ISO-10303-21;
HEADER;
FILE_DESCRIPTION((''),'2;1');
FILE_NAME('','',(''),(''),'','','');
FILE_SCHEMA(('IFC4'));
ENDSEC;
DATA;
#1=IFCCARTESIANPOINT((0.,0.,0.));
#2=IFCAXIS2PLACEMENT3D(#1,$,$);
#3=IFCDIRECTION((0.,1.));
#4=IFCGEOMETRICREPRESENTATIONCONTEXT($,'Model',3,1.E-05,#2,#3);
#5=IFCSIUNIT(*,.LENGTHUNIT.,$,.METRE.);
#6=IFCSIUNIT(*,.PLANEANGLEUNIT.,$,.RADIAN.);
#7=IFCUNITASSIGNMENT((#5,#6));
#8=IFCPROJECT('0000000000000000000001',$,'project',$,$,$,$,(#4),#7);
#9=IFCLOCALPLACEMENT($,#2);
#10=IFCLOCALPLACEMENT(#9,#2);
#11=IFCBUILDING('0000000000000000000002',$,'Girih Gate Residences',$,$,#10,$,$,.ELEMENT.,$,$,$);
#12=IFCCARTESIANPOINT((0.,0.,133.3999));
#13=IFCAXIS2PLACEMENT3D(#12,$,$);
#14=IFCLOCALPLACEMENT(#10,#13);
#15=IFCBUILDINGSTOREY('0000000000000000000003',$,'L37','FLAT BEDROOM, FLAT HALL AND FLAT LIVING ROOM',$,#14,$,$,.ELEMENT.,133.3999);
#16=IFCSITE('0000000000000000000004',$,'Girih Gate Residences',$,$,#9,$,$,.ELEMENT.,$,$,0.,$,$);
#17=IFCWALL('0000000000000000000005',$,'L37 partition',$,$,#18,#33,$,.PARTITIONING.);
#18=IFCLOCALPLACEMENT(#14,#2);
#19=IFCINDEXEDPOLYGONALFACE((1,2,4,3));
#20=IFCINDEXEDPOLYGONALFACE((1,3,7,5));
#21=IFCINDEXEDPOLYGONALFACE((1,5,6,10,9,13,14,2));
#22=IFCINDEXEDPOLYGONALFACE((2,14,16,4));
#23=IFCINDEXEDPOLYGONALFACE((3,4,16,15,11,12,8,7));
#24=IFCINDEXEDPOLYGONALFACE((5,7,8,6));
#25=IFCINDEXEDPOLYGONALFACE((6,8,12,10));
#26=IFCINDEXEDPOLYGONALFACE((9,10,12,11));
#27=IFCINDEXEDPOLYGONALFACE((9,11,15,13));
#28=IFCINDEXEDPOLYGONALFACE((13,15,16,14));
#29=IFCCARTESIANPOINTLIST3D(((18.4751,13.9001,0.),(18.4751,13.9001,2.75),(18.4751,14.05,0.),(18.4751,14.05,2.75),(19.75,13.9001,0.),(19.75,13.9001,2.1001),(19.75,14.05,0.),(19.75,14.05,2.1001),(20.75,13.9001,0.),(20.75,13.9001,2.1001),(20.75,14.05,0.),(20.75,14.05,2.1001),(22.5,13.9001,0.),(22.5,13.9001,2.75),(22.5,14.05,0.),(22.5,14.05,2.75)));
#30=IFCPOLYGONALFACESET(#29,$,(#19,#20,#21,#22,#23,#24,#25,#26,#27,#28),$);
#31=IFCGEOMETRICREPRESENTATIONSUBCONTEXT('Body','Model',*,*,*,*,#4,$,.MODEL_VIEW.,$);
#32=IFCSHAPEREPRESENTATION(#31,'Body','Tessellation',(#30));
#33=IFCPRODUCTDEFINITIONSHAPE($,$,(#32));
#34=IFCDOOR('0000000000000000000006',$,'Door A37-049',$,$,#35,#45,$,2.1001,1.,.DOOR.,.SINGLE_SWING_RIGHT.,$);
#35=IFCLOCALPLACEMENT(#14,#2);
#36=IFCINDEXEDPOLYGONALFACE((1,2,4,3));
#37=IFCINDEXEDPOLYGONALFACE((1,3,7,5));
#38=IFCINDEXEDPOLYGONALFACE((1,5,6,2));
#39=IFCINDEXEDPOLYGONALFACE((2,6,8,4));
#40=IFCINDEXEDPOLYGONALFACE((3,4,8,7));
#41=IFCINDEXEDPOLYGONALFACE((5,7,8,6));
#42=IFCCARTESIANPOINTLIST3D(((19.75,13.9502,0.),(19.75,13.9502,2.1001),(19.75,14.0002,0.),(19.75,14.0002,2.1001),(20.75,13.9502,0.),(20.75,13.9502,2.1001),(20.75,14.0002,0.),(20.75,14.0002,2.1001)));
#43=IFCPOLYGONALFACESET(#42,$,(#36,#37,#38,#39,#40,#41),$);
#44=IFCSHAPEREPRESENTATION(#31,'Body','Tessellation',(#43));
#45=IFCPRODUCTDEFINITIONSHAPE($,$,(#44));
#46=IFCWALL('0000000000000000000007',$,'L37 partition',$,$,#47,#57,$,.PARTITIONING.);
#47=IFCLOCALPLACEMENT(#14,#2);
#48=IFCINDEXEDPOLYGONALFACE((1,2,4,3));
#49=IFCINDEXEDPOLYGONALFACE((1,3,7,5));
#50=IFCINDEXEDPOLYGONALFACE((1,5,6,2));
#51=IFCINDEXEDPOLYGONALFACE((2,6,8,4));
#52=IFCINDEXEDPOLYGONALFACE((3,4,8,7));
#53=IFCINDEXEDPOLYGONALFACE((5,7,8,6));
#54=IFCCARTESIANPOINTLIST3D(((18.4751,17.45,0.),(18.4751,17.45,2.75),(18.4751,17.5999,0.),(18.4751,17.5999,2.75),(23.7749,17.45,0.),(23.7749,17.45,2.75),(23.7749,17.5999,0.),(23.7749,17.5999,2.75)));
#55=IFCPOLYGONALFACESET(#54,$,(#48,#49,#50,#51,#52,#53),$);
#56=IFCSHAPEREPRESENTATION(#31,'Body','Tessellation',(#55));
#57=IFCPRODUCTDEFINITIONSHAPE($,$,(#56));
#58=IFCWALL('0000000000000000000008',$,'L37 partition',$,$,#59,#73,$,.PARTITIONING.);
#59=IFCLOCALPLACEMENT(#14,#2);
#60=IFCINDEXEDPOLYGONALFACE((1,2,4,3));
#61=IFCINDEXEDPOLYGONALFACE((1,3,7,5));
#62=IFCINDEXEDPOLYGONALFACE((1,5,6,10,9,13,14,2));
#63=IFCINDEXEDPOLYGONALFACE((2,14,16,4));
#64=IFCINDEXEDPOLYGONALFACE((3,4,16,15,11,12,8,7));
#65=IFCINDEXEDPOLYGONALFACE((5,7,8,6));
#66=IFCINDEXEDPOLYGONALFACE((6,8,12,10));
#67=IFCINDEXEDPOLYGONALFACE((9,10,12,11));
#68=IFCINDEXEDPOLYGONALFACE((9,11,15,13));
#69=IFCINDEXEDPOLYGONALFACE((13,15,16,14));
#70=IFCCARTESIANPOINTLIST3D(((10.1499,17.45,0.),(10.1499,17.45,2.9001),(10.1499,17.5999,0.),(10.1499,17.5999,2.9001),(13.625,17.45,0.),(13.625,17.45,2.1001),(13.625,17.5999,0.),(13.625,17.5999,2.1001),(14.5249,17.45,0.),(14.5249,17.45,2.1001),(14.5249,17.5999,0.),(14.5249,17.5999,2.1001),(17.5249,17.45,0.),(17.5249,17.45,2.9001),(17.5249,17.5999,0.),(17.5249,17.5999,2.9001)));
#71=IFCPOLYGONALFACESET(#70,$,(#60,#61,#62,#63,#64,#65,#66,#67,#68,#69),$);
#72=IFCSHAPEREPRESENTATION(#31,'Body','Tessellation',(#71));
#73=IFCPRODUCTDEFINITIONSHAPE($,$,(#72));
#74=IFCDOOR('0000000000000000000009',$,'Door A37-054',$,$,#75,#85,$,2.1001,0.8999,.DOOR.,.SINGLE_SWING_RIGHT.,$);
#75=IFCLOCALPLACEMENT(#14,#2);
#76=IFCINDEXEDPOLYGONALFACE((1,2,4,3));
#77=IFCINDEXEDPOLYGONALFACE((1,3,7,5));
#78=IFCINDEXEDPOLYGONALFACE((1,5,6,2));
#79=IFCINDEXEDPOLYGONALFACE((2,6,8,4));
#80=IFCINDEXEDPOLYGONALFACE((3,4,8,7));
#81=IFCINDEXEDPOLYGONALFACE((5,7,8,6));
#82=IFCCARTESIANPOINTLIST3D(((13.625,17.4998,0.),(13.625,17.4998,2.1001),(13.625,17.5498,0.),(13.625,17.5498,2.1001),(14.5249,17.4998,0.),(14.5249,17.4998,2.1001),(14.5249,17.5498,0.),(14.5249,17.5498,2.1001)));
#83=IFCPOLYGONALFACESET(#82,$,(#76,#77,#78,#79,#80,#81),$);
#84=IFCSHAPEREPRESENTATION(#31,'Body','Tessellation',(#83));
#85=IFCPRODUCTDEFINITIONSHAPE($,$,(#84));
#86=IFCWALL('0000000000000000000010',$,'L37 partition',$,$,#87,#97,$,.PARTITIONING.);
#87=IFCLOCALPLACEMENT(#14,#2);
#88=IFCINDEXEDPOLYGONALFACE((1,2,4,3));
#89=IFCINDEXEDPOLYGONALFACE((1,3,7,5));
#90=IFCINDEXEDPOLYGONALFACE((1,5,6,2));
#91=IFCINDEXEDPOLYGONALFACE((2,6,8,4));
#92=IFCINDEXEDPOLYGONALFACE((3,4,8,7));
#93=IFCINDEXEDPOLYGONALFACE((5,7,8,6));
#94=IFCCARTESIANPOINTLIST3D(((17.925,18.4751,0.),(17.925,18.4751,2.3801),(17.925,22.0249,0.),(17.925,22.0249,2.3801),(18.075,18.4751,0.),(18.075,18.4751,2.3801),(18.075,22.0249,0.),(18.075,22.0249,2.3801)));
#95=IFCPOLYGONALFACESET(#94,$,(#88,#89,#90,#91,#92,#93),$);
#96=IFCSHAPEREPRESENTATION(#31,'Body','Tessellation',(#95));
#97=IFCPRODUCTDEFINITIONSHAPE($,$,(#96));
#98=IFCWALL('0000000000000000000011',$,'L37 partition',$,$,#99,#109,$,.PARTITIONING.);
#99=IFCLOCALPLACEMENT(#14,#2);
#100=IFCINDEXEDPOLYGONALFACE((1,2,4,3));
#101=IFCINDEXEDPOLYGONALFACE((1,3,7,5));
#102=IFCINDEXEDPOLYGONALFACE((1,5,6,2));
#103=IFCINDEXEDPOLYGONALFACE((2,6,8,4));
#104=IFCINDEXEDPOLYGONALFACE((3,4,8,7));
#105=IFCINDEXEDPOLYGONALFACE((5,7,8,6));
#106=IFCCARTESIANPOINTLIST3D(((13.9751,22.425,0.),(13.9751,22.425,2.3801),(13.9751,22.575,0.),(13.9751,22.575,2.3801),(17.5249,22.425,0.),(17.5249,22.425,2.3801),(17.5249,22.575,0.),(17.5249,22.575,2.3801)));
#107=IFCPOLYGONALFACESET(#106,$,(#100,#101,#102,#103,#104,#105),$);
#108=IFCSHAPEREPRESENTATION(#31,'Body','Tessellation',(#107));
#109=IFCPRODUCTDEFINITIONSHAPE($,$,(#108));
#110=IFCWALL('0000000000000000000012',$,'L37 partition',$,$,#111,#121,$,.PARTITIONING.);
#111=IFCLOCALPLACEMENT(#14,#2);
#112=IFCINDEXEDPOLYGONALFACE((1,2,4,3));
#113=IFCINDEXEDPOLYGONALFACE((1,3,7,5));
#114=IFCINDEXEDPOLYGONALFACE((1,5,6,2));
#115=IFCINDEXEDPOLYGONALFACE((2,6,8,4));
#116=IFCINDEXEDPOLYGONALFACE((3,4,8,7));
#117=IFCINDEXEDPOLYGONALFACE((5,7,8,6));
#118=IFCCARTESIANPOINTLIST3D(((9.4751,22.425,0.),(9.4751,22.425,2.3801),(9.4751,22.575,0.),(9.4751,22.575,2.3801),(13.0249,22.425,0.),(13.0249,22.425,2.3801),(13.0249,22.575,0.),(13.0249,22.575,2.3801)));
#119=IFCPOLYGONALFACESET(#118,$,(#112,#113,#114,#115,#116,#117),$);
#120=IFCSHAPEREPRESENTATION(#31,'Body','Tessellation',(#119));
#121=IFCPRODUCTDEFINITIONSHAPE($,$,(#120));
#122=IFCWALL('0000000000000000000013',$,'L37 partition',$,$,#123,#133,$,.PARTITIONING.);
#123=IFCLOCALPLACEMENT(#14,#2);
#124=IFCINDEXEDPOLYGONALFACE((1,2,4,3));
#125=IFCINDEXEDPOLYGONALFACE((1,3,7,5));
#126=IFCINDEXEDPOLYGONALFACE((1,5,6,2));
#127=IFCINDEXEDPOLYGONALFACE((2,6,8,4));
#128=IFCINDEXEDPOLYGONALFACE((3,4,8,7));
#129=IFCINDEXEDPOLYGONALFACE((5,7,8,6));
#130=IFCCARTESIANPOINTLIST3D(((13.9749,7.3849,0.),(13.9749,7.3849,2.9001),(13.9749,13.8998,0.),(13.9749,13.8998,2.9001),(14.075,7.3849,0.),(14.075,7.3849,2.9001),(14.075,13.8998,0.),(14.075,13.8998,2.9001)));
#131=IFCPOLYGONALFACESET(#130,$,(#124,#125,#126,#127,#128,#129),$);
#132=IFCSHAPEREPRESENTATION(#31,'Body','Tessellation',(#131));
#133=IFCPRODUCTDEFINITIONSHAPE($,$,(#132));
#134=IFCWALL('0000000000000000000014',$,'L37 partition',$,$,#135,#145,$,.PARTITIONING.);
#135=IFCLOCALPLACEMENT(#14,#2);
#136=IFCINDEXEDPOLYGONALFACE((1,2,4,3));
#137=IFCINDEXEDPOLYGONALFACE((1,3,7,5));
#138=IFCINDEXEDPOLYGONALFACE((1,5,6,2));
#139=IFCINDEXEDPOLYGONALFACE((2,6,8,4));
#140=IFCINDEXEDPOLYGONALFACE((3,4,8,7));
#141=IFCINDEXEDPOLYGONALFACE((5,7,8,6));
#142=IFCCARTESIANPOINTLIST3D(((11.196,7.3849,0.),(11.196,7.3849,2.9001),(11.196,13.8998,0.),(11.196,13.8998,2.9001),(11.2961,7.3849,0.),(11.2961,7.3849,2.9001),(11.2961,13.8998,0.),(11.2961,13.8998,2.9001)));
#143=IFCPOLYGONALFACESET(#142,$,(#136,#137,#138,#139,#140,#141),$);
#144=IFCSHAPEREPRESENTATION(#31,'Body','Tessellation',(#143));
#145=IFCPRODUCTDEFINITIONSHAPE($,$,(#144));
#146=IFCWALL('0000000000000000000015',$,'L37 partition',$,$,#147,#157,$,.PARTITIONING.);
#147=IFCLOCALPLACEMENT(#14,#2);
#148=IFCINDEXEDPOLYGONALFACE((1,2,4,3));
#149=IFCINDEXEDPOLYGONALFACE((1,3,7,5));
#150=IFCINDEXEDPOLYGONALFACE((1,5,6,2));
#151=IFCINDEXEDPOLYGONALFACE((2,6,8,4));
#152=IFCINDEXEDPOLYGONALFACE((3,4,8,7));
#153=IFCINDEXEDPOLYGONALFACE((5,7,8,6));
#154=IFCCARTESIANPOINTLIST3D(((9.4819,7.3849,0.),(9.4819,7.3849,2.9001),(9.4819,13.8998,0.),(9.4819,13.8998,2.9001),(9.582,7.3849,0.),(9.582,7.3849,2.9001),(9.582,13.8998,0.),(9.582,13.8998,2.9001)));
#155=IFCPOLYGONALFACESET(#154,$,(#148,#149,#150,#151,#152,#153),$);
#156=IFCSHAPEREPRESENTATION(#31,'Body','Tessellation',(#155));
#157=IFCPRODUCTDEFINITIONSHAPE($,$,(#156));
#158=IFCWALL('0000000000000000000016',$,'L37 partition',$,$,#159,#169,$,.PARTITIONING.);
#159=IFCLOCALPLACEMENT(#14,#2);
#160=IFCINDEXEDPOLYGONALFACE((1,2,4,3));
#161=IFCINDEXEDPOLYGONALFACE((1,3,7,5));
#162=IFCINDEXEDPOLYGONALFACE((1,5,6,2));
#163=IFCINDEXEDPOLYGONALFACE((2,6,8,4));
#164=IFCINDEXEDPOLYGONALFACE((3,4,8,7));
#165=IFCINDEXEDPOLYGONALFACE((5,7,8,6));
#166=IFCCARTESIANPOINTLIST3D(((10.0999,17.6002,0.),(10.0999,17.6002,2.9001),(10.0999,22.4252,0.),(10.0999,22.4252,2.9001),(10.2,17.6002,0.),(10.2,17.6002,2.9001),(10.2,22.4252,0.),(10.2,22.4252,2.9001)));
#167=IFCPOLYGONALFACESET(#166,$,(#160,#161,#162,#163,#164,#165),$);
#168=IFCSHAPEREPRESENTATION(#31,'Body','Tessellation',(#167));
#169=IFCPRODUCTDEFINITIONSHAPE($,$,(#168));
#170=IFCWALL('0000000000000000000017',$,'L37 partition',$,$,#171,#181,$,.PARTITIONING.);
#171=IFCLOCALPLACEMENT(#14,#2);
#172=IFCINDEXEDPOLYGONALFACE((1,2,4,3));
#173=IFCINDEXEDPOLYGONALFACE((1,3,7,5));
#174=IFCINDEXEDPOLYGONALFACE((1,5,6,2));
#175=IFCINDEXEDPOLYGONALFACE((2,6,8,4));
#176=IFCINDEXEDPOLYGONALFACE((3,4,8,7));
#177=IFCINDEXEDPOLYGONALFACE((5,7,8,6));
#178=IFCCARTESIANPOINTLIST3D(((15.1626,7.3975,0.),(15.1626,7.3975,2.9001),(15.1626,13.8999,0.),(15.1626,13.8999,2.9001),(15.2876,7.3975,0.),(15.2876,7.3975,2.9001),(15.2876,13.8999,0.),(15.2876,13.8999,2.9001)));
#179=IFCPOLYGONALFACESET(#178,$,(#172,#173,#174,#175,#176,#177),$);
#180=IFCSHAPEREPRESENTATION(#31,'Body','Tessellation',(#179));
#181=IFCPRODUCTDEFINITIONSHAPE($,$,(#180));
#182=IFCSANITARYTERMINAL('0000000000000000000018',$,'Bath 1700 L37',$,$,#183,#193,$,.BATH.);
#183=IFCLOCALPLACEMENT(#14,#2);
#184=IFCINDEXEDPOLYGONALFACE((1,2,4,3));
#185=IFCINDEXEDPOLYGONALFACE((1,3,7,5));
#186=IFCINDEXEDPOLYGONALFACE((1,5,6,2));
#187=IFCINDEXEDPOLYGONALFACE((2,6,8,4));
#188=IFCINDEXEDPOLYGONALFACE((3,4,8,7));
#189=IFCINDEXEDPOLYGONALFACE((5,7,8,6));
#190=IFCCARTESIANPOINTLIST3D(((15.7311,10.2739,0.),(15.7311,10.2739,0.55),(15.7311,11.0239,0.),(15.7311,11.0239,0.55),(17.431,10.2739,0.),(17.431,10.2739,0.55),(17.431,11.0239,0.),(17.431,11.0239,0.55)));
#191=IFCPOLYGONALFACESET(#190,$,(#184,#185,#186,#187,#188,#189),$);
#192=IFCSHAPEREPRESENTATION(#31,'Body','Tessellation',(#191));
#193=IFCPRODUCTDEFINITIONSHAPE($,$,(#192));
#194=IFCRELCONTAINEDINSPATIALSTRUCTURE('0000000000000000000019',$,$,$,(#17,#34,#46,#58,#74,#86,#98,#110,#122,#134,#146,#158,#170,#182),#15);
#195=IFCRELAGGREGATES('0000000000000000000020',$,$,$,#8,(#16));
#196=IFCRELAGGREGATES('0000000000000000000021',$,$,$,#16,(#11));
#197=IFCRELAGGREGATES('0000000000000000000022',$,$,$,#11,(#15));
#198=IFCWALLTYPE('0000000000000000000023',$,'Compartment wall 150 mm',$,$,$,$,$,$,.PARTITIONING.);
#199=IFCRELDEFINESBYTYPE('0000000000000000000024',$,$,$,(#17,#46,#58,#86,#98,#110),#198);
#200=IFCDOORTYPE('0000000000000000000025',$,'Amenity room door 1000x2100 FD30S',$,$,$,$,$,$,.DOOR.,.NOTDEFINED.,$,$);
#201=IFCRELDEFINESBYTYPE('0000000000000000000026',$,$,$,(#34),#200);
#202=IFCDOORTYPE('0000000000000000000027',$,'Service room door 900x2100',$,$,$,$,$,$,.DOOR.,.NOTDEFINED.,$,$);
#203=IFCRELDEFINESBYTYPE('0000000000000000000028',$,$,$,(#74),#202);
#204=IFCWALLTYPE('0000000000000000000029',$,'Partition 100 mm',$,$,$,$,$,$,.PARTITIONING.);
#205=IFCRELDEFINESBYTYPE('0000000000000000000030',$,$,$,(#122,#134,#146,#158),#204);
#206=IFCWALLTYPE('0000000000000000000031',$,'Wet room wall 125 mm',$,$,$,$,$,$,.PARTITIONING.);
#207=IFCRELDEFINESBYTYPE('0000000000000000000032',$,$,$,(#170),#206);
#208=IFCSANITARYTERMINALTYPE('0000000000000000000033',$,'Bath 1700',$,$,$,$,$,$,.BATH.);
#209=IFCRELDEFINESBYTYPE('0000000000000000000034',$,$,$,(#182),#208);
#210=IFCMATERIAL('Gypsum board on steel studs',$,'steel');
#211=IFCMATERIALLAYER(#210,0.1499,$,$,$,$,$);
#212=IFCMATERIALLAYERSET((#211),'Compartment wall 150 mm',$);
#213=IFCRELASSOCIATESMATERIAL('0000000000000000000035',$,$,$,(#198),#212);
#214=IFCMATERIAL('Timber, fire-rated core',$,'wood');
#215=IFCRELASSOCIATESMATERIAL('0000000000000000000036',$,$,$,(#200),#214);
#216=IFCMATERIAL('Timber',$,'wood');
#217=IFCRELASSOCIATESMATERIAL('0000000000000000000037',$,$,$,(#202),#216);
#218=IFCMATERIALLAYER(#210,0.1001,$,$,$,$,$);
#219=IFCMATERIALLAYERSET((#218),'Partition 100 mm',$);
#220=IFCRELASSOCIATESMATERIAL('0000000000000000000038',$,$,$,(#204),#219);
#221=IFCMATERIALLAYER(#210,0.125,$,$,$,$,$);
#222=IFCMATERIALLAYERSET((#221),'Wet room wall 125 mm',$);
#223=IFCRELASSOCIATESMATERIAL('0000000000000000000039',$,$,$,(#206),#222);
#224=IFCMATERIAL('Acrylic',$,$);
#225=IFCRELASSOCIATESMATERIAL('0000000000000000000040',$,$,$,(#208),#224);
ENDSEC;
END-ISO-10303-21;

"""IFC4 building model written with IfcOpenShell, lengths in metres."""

from ifc_helpers import new_model, si_unit, direction, frame, frame_2d, origin, origin_2d, place, context, subcontext, project, spatial, rectangle, extrude, material, layer, layer_set, type_object, element, fill, save


model = new_model("IFC4")

# Units and contexts
model_context = context("Model", 3, precision=1e-05, world=origin(), true_north=direction((0.0, 1.0)))
body_context = subcontext(model_context, "Body", "Model", "MODEL_VIEW")
ifc_project = project(units=[si_unit("LENGTHUNIT", "METRE"), si_unit("PLANEANGLEUNIT", "RADIAN")], contexts=[model_context])

# Site, building, storey
site_placement = place(None, origin())
site = spatial("IfcSite", under=ifc_project, at=site_placement, Name="Girih Gate Residences", CompositionType="ELEMENT", RefElevation=0.0)
building_placement = place(site_placement, origin())
building = spatial("IfcBuilding", under=site, at=building_placement, Name="Girih Gate Residences", CompositionType="ELEMENT")
storey_placement = place(building_placement, frame((0.0, 0.0, 133.3999)))
storey = spatial("IfcBuildingStorey", under=building, at=storey_placement, Name="L37", Description="FLAT BEDROOM, FLAT HALL AND FLAT LIVING ROOM", CompositionType="ELEMENT", Elevation=133.3999)

# Shared definitions
ifc_material_1 = material(Name="Gypsum board on steel studs", Category="steel")
ifc_layer_1 = layer(ifc_material_1, 0.1499)
ifc_layer_set_1 = layer_set([ifc_layer_1], Name="Compartment wall 150 mm")
wall_type_1 = type_object("IfcWallType", Name="Compartment wall 150 mm", PredefinedType="PARTITIONING", material=ifc_layer_set_1)

# Wall, opening, door
ifc_material_2 = material(Name="Timber, fire-rated core", Category="wood")
wall_1_placement = place(storey_placement, frame((22.5, 13.9751, 0.0), z_axis=(0.0, 0.0, 1.0), x_axis=(-1.0, 0.0, 0.0)))
wall_1 = element("IfcWall", 1, at=wall_1_placement, inside=storey, type_object=wall_type_1, Name="L37 partition", PredefinedType="PARTITIONING", context=body_context, shape_type="SweptSolid", body=[
    extrude(rectangle(XDim=4.0249, YDim=0.1499, at=frame_2d((2.0125, 0.0))), origin(), (0.0, 0.0, 1.0), 2.75),
])
opening_1_placement = place(wall_1_placement, frame((1.75, 0.0, 0.0)))
opening_1 = element("IfcOpeningElement", 2, at=opening_1_placement, cuts=wall_1, PredefinedType="OPENING", context=body_context, shape_type="SweptSolid", body=[
    extrude(rectangle(XDim=1.0, YDim=2.1001, at=frame_2d((0.5, 1.05))), frame((0.0, 0.085, 0.0), z_axis=(0.0, -1.0, 0.0), x_axis=(1.0, 0.0, 0.0)), (0.0, 0.0, 1.0), 0.1699),
])
door_type_1 = type_object("IfcDoorType", Name="Amenity room door 1000x2100 FD30S", OperationType="NOTDEFINED", PredefinedType="DOOR", material=ifc_material_2)
door_1_placement = place(opening_1_placement, origin())
door_1 = element("IfcDoor", 3, at=door_1_placement, inside=storey, type_object=door_type_1, Name="Door A37-049", OperationType="SINGLE_SWING_RIGHT", OverallHeight=2.1001, OverallWidth=1.0, PredefinedType="DOOR", context=body_context, shape_type="SweptSolid", body=[
    extrude(rectangle(XDim=1.0, YDim=2.1001, at=frame_2d((0.5, 1.05))), frame((0.0, 0.0249, 0.0), z_axis=(0.0, -1.0, 0.0), x_axis=(1.0, 0.0, 0.0)), (0.0, 0.0, 1.0), 0.05),
])
fill(opening_1, door_1)

# Wall
wall_2_placement = place(storey_placement, frame((18.4751, 17.5249, 0.0), z_axis=(0.0, 0.0, 1.0), x_axis=(1.0, 0.0, 0.0)))
element("IfcWall", 4, at=wall_2_placement, inside=storey, type_object=wall_type_1, Name="L37 partition", PredefinedType="PARTITIONING", context=body_context, shape_type="SweptSolid", body=[
    extrude(rectangle(XDim=5.2998, YDim=0.1499, at=frame_2d((2.6499, 0.0))), origin(), (0.0, 0.0, 1.0), 2.75),
])

# Wall, opening, door
wall_3_placement = place(storey_placement, frame((10.1499, 17.5249, 0.0), z_axis=(0.0, 0.0, 1.0), x_axis=(1.0, 0.0, 0.0)))
wall_3 = element("IfcWall", 5, at=wall_3_placement, inside=storey, type_object=wall_type_1, Name="L37 partition", PredefinedType="PARTITIONING", context=body_context, shape_type="SweptSolid", body=[
    extrude(rectangle(XDim=7.375, YDim=0.1499, at=frame_2d((3.6875, 0.0))), origin(), (0.0, 0.0, 1.0), 2.9001),
])
opening_2_placement = place(wall_3_placement, frame((3.4751, 0.0, 0.0)))
opening_2 = element("IfcOpeningElement", 6, at=opening_2_placement, cuts=wall_3, PredefinedType="OPENING", context=body_context, shape_type="SweptSolid", body=[
    extrude(rectangle(XDim=0.8999, YDim=2.1001, at=frame_2d((0.45, 1.05))), frame((0.0, 0.085, 0.0), z_axis=(0.0, -1.0, 0.0), x_axis=(1.0, 0.0, 0.0)), (0.0, 0.0, 1.0), 0.1699),
])
ifc_material_3 = material(Name="Timber", Category="wood")
door_type_2 = type_object("IfcDoorType", Name="Service room door 900x2100", OperationType="NOTDEFINED", PredefinedType="DOOR", material=ifc_material_3)
door_2_placement = place(opening_2_placement, origin())
door_2 = element("IfcDoor", 7, at=door_2_placement, inside=storey, type_object=door_type_2, Name="Door A37-054", OperationType="SINGLE_SWING_RIGHT", OverallHeight=2.1001, OverallWidth=0.8999, PredefinedType="DOOR", context=body_context, shape_type="SweptSolid", body=[
    extrude(rectangle(XDim=0.8999, YDim=2.1001, at=frame_2d((0.45, 1.05))), frame((0.0, 0.0249, 0.0), z_axis=(0.0, -1.0, 0.0), x_axis=(1.0, 0.0, 0.0)), (0.0, 0.0, 1.0), 0.05),
])
fill(opening_2, door_2)

# Walls
for number, where, z_axis, x_axis, name in (
    (8, (18.0, 18.4751, 0.0), (0.0, 0.0, 1.0), (0.0, 1.0, 0.0), "L37 partition"),
    (9, (13.9751, 22.5, 0.0), (0.0, 0.0, 1.0), (1.0, 0.0, 0.0), "L37 partition"),
    (10, (9.4751, 22.5, 0.0), (0.0, 0.0, 1.0), (1.0, 0.0, 0.0), "L37 partition"),
):
    element("IfcWall", number, at=place(storey_placement, frame(where, z_axis=z_axis, x_axis=x_axis)), inside=storey, type_object=wall_type_1, Name=name, PredefinedType="PARTITIONING", context=body_context, shape_type="SweptSolid", body=[
        extrude(rectangle(XDim=3.5498, YDim=0.1499, at=frame_2d((1.7749, 0.0))), origin(), (0.0, 0.0, 1.0), 2.3801),
    ])
ifc_layer_2 = layer(ifc_material_1, 0.1001)
ifc_layer_set_2 = layer_set([ifc_layer_2], Name="Partition 100 mm")
wall_type_2 = type_object("IfcWallType", Name="Partition 100 mm", PredefinedType="PARTITIONING", material=ifc_layer_set_2)
for number, where, z_axis, x_axis, name in (
    (11, (14.0249, 7.385, 0.0), (0.0, 0.0, 1.0), (0.0, 1.0, 0.0), "L37 partition"),
    (12, (11.2461, 7.385, 0.0), (0.0, 0.0, 1.0), (0.0, 1.0, 0.0), "L37 partition"),
    (13, (9.532, 7.385, 0.0), (0.0, 0.0, 1.0), (0.0, 1.0, 0.0), "L37 partition"),
):
    element("IfcWall", number, at=place(storey_placement, frame(where, z_axis=z_axis, x_axis=x_axis)), inside=storey, type_object=wall_type_2, Name=name, PredefinedType="PARTITIONING", context=body_context, shape_type="SweptSolid", body=[
        extrude(rectangle(XDim=6.5149, YDim=0.1001, at=frame_2d((3.2573, 0.0))), origin(), (0.0, 0.0, 1.0), 2.9001),
    ])
wall_4_placement = place(storey_placement, frame((10.1499, 17.6001, 0.0), z_axis=(0.0, 0.0, 1.0), x_axis=(0.0, 1.0, 0.0)))
element("IfcWall", 14, at=wall_4_placement, inside=storey, type_object=wall_type_2, Name="L37 partition", PredefinedType="PARTITIONING", context=body_context, shape_type="SweptSolid", body=[
    extrude(rectangle(XDim=4.825, YDim=0.1001, at=frame_2d((2.4126, 0.0))), origin(), (0.0, 0.0, 1.0), 2.9001),
])
ifc_layer_3 = layer(ifc_material_1, 0.125)
ifc_layer_set_3 = layer_set([ifc_layer_3], Name="Wet room wall 125 mm")
wall_type_3 = type_object("IfcWallType", Name="Wet room wall 125 mm", PredefinedType="PARTITIONING", material=ifc_layer_set_3)
wall_5_placement = place(storey_placement, frame((15.2251, 7.3975, 0.0), z_axis=(0.0, 0.0, 1.0), x_axis=(0.0, 1.0, 0.0)))
element("IfcWall", 15, at=wall_5_placement, inside=storey, type_object=wall_type_3, Name="L37 partition", PredefinedType="PARTITIONING", context=body_context, shape_type="SweptSolid", body=[
    extrude(rectangle(XDim=6.5024, YDim=0.125, at=frame_2d((3.2512, 0.0))), origin(), (0.0, 0.0, 1.0), 2.9001),
])

# Sanitary terminal
ifc_material_4 = material(Name="Acrylic")
sanitary_terminal_type = type_object("IfcSanitaryTerminalType", Name="Bath 1700", PredefinedType="BATH", material=ifc_material_4)
sanitary_terminal_placement = place(storey_placement, frame((16.5811, 10.6489, 0.0), z_axis=(0.0, 0.0, 1.0), x_axis=(1.0, 0.0, 0.0)))
element("IfcSanitaryTerminal", 16, at=sanitary_terminal_placement, inside=storey, type_object=sanitary_terminal_type, Name="Bath 1700 L37", PredefinedType="BATH", context=body_context, shape_type="SweptSolid", body=[
    extrude(rectangle(XDim=1.7, YDim=0.75, at=origin_2d()), origin(), (0.0, 0.0, 1.0), 0.55),
])

save(model, "model.ifc")
